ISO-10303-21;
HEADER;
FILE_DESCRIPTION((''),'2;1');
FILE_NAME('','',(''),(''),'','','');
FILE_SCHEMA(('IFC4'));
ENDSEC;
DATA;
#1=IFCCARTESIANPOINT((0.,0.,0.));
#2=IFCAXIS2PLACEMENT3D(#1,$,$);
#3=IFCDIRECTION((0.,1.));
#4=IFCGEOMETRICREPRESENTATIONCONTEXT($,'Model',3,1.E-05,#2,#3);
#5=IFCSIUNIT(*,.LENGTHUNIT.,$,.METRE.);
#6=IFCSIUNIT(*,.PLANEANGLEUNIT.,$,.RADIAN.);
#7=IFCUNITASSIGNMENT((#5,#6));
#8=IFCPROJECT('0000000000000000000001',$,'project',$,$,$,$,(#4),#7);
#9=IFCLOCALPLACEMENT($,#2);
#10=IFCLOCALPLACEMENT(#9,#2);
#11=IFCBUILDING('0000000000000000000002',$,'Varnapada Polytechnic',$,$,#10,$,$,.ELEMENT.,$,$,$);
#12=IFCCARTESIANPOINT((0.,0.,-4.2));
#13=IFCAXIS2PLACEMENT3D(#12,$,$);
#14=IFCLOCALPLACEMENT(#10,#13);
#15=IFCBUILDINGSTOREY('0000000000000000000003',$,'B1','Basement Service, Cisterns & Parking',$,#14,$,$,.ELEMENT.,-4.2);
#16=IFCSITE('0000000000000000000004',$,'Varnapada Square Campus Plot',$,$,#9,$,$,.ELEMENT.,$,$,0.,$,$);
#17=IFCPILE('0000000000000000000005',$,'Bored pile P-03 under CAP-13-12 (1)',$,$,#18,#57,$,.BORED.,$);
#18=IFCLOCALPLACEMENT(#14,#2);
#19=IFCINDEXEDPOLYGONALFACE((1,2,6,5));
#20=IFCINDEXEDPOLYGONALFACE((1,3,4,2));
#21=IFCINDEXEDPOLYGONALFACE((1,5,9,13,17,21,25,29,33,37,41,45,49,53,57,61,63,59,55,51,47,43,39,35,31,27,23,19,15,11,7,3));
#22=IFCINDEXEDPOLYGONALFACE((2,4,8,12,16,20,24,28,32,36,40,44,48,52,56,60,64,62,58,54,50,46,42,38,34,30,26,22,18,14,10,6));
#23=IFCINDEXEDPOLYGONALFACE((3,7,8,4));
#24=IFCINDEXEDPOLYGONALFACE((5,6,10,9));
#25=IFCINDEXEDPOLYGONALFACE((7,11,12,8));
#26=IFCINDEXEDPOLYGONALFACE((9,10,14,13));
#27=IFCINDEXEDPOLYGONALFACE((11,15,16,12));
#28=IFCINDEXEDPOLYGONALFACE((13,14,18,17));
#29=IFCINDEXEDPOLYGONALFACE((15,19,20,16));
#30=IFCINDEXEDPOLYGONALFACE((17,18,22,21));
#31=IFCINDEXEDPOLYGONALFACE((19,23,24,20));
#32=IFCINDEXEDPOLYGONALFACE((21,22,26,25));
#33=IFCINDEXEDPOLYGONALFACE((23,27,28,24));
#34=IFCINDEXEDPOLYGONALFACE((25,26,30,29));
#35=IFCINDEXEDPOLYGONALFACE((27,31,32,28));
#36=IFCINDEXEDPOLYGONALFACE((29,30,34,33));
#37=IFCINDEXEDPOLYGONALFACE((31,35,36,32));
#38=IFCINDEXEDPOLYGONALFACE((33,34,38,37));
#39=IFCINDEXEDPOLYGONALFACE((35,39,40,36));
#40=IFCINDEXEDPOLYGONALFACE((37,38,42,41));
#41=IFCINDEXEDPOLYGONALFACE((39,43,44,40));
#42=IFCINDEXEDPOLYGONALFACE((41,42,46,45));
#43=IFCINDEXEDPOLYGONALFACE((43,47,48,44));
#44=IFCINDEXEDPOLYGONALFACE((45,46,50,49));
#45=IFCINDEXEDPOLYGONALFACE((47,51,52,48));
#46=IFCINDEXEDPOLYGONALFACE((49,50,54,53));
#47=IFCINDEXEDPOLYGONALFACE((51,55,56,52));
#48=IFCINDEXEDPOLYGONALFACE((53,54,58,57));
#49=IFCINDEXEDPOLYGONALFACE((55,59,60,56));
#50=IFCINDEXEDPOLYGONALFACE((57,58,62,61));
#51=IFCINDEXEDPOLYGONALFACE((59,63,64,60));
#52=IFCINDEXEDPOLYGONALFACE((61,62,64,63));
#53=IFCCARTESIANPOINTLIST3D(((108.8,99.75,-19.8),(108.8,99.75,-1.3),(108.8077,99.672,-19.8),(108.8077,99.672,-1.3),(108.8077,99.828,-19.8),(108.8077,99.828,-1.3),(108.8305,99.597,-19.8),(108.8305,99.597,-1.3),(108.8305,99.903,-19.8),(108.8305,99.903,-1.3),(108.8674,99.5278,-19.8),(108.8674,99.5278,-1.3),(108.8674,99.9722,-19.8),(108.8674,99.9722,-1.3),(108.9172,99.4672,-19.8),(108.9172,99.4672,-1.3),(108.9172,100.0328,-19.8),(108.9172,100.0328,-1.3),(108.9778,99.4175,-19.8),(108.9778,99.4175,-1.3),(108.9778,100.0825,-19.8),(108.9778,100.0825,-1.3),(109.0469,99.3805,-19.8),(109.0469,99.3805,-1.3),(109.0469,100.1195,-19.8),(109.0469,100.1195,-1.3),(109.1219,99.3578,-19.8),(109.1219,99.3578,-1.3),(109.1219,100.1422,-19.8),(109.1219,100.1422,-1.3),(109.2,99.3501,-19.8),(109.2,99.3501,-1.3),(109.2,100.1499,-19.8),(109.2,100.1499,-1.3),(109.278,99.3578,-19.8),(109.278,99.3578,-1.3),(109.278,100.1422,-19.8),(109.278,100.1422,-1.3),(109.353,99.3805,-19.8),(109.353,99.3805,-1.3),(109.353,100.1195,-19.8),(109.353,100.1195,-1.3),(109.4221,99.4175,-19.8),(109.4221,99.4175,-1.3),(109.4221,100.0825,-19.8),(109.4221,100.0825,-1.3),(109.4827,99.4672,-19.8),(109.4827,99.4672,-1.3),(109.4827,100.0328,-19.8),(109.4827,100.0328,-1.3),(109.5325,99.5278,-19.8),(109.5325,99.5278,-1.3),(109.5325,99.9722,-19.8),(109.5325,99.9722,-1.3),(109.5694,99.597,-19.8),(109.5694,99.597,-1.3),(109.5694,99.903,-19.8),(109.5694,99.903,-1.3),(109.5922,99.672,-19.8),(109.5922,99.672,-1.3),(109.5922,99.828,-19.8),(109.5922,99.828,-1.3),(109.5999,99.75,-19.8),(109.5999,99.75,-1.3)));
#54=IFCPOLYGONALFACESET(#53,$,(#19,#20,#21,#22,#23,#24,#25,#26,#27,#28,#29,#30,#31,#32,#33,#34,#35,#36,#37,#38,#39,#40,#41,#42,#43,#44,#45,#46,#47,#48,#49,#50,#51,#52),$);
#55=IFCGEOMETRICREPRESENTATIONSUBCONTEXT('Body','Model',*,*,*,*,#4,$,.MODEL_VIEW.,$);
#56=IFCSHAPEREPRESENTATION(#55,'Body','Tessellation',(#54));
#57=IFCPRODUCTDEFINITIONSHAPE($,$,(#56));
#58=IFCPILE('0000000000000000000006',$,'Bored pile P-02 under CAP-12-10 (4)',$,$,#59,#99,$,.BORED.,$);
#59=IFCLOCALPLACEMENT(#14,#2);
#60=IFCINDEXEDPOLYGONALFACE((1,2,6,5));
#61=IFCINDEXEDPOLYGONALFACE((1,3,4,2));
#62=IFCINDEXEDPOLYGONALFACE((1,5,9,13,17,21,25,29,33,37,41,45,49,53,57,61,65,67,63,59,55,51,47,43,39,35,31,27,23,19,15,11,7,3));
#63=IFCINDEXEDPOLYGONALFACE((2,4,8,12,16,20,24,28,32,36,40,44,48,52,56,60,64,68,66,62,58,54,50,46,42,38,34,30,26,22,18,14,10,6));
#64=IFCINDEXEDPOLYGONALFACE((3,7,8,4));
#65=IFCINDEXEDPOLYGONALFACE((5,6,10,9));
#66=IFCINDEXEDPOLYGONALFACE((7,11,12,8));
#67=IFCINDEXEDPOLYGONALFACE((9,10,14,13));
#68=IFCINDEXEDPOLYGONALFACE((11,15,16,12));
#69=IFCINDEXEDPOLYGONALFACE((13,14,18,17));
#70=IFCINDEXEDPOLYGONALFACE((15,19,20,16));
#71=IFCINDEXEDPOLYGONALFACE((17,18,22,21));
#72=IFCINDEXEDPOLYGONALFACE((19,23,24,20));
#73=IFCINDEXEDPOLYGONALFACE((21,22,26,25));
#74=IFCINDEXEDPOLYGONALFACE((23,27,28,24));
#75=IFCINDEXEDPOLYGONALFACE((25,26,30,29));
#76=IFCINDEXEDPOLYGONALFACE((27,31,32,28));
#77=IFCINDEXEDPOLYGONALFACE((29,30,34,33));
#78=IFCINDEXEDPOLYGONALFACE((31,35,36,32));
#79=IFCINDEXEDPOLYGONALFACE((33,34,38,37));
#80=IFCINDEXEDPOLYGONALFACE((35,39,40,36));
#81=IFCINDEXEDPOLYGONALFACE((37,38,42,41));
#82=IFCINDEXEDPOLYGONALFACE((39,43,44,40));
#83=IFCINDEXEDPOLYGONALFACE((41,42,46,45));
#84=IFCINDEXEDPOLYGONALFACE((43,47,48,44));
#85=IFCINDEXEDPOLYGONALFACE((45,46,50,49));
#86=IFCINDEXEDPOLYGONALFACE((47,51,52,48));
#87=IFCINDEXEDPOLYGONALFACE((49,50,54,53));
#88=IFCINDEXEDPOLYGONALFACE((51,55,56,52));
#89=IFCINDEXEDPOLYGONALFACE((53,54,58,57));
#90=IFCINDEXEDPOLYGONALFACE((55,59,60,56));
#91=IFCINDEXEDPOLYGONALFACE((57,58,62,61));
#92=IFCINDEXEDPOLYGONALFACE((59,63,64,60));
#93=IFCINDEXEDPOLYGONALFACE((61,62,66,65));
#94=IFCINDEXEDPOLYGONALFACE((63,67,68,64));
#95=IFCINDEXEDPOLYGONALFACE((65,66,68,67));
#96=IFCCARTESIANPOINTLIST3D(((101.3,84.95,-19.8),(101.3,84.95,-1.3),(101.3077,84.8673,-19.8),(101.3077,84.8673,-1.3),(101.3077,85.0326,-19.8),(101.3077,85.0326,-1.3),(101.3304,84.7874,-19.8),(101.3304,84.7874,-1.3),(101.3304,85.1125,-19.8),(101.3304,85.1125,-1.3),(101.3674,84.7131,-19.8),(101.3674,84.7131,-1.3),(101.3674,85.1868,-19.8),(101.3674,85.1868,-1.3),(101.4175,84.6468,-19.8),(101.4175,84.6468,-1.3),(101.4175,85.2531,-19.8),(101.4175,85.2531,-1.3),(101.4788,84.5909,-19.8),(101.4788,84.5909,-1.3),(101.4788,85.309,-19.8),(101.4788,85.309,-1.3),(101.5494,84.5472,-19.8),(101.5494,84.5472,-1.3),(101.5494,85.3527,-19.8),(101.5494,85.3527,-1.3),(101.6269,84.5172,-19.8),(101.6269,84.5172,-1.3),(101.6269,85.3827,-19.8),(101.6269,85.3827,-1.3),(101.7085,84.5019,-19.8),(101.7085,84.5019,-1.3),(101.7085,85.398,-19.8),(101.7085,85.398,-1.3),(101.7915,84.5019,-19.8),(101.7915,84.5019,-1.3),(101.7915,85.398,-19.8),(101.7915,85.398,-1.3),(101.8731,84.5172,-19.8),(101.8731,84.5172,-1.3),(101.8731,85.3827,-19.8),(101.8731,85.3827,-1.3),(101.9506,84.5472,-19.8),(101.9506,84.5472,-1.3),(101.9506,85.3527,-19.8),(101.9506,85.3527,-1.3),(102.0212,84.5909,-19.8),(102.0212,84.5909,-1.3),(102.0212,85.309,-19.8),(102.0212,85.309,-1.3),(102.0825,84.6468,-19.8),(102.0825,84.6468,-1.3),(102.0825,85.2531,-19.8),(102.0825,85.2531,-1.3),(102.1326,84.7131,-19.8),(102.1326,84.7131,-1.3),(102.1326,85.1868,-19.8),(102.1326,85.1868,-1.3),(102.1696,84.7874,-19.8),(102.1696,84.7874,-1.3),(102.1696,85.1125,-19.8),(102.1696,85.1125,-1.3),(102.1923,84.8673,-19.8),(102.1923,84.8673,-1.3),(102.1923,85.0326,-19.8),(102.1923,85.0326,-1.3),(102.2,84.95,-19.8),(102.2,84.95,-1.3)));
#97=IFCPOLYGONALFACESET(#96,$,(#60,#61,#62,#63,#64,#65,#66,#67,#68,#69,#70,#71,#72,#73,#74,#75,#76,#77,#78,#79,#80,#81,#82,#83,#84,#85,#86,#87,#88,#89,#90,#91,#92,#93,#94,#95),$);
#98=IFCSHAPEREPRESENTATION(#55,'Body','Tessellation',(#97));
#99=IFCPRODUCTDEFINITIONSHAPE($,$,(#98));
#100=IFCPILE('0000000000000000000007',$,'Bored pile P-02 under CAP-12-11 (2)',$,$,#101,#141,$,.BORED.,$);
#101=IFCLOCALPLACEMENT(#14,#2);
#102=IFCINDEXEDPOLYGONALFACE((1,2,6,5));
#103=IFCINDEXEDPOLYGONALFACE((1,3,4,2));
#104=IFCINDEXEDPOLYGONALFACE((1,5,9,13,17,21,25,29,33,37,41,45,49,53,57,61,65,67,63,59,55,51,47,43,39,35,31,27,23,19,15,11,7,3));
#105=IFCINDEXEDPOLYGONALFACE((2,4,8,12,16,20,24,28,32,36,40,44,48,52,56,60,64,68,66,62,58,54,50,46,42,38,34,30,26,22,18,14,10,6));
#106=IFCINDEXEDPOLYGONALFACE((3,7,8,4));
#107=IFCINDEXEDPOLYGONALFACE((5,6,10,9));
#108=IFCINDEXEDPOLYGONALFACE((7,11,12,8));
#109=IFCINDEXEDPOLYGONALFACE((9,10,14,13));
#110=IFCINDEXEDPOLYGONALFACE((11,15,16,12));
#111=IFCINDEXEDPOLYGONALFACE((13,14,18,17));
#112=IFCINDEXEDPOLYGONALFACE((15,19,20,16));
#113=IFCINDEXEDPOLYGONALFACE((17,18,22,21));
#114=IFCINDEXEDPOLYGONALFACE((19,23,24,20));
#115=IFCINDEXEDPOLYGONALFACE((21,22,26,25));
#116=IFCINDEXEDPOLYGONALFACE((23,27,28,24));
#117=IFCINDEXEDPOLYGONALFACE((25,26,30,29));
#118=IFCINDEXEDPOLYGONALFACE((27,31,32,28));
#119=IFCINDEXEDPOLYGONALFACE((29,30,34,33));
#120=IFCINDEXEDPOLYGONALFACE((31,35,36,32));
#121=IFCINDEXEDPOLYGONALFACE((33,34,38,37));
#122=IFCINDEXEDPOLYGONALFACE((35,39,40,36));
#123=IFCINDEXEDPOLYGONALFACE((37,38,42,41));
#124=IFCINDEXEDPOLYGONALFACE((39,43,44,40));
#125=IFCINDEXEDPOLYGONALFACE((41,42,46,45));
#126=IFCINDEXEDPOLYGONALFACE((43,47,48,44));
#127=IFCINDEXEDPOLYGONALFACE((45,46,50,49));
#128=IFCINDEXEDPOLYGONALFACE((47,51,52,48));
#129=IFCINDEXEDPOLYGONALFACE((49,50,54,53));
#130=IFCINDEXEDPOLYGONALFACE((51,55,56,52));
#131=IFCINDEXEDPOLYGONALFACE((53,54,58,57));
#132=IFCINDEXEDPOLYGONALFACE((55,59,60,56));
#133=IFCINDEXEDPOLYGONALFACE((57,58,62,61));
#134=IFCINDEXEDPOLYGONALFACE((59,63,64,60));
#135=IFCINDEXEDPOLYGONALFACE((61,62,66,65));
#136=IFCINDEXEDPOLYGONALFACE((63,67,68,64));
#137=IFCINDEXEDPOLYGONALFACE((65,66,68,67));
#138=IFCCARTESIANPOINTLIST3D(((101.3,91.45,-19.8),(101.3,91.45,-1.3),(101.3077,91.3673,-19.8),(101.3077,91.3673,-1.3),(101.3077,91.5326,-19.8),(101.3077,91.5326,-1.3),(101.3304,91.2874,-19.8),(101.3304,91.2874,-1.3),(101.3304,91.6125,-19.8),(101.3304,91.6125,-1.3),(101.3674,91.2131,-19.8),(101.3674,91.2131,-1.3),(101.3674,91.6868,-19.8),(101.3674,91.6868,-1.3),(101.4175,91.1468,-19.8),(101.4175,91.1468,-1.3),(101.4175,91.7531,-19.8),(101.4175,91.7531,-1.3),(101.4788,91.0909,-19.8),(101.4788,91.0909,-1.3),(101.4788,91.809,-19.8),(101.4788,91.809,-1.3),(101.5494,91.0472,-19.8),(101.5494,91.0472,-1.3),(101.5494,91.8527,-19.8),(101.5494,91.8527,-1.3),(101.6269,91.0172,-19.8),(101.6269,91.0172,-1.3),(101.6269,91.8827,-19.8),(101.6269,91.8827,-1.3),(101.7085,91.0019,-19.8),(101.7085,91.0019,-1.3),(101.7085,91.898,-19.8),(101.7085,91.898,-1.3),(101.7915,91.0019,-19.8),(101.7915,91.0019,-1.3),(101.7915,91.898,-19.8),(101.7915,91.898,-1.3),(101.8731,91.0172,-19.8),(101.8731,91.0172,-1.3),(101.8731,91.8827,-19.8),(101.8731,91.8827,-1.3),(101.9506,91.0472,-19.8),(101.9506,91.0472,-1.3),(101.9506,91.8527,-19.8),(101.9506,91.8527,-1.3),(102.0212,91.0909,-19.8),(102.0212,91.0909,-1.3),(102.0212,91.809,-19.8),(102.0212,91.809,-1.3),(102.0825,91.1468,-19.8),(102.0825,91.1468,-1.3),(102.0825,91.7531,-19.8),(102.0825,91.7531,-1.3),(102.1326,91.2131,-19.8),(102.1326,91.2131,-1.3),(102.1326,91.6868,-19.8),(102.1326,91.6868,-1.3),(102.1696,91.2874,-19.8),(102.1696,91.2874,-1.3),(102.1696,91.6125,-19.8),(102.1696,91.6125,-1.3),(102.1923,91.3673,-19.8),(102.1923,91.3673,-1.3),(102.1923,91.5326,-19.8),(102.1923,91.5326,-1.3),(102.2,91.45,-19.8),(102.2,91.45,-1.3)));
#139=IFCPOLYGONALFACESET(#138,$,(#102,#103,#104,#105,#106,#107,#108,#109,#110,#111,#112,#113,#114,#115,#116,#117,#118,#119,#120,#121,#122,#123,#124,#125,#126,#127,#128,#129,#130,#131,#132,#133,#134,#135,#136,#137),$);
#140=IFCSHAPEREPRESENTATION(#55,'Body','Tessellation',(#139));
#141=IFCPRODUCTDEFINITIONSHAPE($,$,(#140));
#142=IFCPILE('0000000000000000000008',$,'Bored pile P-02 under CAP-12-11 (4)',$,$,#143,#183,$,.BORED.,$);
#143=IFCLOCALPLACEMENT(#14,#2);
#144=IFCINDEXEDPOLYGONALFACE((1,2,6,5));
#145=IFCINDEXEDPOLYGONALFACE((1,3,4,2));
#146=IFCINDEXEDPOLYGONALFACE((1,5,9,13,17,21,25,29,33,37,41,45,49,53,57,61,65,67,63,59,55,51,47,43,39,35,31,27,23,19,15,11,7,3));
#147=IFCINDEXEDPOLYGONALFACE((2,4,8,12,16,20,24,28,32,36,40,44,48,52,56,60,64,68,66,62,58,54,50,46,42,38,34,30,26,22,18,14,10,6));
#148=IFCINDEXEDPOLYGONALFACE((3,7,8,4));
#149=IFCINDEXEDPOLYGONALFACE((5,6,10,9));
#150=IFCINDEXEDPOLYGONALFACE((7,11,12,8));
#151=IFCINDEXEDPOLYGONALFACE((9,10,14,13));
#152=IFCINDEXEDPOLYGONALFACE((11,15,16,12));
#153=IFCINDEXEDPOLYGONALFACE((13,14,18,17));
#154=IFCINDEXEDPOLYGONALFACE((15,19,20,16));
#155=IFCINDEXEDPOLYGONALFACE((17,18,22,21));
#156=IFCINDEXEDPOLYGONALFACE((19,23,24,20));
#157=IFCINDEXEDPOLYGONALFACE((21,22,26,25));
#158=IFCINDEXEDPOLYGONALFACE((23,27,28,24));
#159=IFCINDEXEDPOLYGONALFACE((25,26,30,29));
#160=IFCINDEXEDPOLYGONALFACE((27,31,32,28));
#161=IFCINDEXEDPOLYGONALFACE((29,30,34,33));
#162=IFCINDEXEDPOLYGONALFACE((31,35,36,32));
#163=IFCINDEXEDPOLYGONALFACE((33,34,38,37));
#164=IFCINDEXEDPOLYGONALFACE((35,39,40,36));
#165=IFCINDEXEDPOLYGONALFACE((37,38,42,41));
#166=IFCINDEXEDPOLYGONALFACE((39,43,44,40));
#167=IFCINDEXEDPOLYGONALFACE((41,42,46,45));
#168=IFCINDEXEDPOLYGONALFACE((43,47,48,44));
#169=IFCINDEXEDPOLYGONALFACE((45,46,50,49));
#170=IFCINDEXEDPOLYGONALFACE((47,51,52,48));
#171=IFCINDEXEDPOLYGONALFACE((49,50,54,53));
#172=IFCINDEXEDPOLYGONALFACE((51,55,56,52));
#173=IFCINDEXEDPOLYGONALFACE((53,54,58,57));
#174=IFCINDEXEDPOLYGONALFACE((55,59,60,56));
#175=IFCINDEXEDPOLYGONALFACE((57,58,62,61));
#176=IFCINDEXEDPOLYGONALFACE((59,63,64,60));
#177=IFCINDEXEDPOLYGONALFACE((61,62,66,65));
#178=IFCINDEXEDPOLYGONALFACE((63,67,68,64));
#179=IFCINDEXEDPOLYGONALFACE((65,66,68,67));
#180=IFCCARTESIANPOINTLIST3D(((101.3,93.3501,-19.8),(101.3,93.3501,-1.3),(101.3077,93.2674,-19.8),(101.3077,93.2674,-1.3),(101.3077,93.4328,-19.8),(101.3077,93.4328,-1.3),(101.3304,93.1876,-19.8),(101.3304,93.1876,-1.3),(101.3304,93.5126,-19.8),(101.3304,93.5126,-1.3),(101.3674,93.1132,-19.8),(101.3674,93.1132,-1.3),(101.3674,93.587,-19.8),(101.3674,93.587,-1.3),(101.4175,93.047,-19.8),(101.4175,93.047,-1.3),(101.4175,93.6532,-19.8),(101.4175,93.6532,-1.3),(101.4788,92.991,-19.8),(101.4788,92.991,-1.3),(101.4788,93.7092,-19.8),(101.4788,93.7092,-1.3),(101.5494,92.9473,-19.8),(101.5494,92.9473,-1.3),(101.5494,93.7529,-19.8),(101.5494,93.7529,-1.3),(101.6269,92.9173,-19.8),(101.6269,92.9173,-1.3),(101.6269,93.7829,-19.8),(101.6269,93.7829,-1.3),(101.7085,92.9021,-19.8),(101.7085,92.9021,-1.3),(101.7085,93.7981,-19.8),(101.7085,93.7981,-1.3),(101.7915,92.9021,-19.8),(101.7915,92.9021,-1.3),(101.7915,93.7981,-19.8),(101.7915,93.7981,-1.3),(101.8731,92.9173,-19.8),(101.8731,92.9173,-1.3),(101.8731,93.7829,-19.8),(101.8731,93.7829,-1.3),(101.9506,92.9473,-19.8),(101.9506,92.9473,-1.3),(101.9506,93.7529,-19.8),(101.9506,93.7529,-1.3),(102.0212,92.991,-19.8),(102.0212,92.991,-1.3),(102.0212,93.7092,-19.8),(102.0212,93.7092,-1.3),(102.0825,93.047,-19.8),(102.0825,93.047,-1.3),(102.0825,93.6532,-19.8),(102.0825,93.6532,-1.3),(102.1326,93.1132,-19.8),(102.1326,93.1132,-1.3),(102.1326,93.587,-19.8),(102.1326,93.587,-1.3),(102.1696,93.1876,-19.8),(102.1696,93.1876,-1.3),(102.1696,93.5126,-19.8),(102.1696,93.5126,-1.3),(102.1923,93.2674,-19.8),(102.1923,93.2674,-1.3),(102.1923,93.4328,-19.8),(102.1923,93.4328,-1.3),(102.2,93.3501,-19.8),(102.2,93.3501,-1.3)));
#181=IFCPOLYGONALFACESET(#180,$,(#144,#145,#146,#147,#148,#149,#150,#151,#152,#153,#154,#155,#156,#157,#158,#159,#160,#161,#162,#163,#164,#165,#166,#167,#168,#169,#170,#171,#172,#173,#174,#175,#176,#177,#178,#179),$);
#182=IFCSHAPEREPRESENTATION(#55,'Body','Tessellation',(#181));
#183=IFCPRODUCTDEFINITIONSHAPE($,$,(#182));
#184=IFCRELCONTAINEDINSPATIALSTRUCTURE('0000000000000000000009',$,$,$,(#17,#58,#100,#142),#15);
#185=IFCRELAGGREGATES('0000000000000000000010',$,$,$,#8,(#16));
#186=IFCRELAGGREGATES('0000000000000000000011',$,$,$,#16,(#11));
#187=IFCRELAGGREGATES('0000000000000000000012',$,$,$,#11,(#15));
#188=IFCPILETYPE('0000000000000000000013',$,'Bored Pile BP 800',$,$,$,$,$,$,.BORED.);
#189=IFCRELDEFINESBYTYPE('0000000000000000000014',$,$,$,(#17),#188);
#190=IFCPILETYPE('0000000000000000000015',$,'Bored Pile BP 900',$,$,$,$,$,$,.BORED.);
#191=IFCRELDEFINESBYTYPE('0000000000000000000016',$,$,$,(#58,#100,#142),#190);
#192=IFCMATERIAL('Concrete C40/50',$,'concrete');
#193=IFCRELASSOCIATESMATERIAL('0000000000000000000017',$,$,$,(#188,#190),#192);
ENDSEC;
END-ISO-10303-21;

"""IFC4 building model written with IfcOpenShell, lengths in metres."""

from ifc_helpers import new_model, si_unit, direction, frame, origin, origin_2d, place, context, subcontext, project, spatial, circle, extrude, material, material_profile, profile_set, type_object, element, save


model = new_model("IFC4")

# Units and contexts
model_context = context("Model", 3, precision=1e-05, world=origin(), true_north=direction((0.0, 1.0)))
body_context = subcontext(model_context, "Body", "Model", "MODEL_VIEW")
ifc_project = project(units=[si_unit("LENGTHUNIT", "METRE"), si_unit("PLANEANGLEUNIT", "RADIAN")], contexts=[model_context])

# Site, building, storey
site_placement = place(None, origin())
site = spatial("IfcSite", under=ifc_project, at=site_placement, Name="Varnapada Square Campus Plot", CompositionType="ELEMENT", RefElevation=0.0)
building_placement = place(site_placement, origin())
building = spatial("IfcBuilding", under=site, at=building_placement, Name="Varnapada Polytechnic", CompositionType="ELEMENT")
storey_placement = place(building_placement, frame((0.0, 0.0, -4.2)))
storey = spatial("IfcBuildingStorey", under=building, at=storey_placement, Name="B1", Description="Basement Service, Cisterns & Parking", CompositionType="ELEMENT", Elevation=-4.2)

# Piles
ifc_material_1 = material(Name="Concrete C40/50", Category="concrete")
ifc_material_profile_1 = material_profile(ifc_material_1, circle(Radius=0.3999, at=origin_2d()), Name="BP 800")
ifc_profile_set_1 = profile_set([ifc_material_profile_1], Name="Concrete C40/50")
pile_type_1 = type_object("IfcPileType", Name="Bored Pile BP 800", PredefinedType="BORED", material=ifc_profile_set_1)
pile_placement = place(storey_placement, frame((109.2, 99.75, -1.3), z_axis=(0.0, 0.0, -1.0), x_axis=(1.0, 0.0, 0.0)))
element("IfcPile", 1, at=pile_placement, inside=storey, type_object=pile_type_1, Name="Bored pile P-03 under CAP-13-12 (1)", PredefinedType="BORED", context=body_context, shape_type="SweptSolid", body=[
    extrude(circle(Radius=0.3999, at=origin_2d()), origin(), (0.0, 0.0, 1.0), 18.5),
])
ifc_material_profile_2 = material_profile(ifc_material_1, circle(Radius=0.45, at=origin_2d()), Name="BP 900")
ifc_profile_set_2 = profile_set([ifc_material_profile_2], Name="Concrete C40/50")
pile_type_2 = type_object("IfcPileType", Name="Bored Pile BP 900", PredefinedType="BORED", material=ifc_profile_set_2)
for number, where, z_axis, x_axis, name in (
    (2, (101.75, 84.95, -1.3), (0.0, 0.0, -1.0), (1.0, 0.0, 0.0), "Bored pile P-02 under CAP-12-10 (4)"),
    (3, (101.75, 91.45, -1.3), (0.0, 0.0, -1.0), (1.0, 0.0, 0.0), "Bored pile P-02 under CAP-12-11 (2)"),
    (4, (101.75, 93.3501, -1.3), (0.0, 0.0, -1.0), (1.0, 0.0, 0.0), "Bored pile P-02 under CAP-12-11 (4)"),
):
    element("IfcPile", number, at=place(storey_placement, frame(where, z_axis=z_axis, x_axis=x_axis)), inside=storey, type_object=pile_type_2, Name=name, PredefinedType="BORED", context=body_context, shape_type="SweptSolid", body=[
        extrude(circle(Radius=0.45, at=origin_2d()), origin(), (0.0, 0.0, 1.0), 18.5),
    ])

save(model, "model.ifc")
